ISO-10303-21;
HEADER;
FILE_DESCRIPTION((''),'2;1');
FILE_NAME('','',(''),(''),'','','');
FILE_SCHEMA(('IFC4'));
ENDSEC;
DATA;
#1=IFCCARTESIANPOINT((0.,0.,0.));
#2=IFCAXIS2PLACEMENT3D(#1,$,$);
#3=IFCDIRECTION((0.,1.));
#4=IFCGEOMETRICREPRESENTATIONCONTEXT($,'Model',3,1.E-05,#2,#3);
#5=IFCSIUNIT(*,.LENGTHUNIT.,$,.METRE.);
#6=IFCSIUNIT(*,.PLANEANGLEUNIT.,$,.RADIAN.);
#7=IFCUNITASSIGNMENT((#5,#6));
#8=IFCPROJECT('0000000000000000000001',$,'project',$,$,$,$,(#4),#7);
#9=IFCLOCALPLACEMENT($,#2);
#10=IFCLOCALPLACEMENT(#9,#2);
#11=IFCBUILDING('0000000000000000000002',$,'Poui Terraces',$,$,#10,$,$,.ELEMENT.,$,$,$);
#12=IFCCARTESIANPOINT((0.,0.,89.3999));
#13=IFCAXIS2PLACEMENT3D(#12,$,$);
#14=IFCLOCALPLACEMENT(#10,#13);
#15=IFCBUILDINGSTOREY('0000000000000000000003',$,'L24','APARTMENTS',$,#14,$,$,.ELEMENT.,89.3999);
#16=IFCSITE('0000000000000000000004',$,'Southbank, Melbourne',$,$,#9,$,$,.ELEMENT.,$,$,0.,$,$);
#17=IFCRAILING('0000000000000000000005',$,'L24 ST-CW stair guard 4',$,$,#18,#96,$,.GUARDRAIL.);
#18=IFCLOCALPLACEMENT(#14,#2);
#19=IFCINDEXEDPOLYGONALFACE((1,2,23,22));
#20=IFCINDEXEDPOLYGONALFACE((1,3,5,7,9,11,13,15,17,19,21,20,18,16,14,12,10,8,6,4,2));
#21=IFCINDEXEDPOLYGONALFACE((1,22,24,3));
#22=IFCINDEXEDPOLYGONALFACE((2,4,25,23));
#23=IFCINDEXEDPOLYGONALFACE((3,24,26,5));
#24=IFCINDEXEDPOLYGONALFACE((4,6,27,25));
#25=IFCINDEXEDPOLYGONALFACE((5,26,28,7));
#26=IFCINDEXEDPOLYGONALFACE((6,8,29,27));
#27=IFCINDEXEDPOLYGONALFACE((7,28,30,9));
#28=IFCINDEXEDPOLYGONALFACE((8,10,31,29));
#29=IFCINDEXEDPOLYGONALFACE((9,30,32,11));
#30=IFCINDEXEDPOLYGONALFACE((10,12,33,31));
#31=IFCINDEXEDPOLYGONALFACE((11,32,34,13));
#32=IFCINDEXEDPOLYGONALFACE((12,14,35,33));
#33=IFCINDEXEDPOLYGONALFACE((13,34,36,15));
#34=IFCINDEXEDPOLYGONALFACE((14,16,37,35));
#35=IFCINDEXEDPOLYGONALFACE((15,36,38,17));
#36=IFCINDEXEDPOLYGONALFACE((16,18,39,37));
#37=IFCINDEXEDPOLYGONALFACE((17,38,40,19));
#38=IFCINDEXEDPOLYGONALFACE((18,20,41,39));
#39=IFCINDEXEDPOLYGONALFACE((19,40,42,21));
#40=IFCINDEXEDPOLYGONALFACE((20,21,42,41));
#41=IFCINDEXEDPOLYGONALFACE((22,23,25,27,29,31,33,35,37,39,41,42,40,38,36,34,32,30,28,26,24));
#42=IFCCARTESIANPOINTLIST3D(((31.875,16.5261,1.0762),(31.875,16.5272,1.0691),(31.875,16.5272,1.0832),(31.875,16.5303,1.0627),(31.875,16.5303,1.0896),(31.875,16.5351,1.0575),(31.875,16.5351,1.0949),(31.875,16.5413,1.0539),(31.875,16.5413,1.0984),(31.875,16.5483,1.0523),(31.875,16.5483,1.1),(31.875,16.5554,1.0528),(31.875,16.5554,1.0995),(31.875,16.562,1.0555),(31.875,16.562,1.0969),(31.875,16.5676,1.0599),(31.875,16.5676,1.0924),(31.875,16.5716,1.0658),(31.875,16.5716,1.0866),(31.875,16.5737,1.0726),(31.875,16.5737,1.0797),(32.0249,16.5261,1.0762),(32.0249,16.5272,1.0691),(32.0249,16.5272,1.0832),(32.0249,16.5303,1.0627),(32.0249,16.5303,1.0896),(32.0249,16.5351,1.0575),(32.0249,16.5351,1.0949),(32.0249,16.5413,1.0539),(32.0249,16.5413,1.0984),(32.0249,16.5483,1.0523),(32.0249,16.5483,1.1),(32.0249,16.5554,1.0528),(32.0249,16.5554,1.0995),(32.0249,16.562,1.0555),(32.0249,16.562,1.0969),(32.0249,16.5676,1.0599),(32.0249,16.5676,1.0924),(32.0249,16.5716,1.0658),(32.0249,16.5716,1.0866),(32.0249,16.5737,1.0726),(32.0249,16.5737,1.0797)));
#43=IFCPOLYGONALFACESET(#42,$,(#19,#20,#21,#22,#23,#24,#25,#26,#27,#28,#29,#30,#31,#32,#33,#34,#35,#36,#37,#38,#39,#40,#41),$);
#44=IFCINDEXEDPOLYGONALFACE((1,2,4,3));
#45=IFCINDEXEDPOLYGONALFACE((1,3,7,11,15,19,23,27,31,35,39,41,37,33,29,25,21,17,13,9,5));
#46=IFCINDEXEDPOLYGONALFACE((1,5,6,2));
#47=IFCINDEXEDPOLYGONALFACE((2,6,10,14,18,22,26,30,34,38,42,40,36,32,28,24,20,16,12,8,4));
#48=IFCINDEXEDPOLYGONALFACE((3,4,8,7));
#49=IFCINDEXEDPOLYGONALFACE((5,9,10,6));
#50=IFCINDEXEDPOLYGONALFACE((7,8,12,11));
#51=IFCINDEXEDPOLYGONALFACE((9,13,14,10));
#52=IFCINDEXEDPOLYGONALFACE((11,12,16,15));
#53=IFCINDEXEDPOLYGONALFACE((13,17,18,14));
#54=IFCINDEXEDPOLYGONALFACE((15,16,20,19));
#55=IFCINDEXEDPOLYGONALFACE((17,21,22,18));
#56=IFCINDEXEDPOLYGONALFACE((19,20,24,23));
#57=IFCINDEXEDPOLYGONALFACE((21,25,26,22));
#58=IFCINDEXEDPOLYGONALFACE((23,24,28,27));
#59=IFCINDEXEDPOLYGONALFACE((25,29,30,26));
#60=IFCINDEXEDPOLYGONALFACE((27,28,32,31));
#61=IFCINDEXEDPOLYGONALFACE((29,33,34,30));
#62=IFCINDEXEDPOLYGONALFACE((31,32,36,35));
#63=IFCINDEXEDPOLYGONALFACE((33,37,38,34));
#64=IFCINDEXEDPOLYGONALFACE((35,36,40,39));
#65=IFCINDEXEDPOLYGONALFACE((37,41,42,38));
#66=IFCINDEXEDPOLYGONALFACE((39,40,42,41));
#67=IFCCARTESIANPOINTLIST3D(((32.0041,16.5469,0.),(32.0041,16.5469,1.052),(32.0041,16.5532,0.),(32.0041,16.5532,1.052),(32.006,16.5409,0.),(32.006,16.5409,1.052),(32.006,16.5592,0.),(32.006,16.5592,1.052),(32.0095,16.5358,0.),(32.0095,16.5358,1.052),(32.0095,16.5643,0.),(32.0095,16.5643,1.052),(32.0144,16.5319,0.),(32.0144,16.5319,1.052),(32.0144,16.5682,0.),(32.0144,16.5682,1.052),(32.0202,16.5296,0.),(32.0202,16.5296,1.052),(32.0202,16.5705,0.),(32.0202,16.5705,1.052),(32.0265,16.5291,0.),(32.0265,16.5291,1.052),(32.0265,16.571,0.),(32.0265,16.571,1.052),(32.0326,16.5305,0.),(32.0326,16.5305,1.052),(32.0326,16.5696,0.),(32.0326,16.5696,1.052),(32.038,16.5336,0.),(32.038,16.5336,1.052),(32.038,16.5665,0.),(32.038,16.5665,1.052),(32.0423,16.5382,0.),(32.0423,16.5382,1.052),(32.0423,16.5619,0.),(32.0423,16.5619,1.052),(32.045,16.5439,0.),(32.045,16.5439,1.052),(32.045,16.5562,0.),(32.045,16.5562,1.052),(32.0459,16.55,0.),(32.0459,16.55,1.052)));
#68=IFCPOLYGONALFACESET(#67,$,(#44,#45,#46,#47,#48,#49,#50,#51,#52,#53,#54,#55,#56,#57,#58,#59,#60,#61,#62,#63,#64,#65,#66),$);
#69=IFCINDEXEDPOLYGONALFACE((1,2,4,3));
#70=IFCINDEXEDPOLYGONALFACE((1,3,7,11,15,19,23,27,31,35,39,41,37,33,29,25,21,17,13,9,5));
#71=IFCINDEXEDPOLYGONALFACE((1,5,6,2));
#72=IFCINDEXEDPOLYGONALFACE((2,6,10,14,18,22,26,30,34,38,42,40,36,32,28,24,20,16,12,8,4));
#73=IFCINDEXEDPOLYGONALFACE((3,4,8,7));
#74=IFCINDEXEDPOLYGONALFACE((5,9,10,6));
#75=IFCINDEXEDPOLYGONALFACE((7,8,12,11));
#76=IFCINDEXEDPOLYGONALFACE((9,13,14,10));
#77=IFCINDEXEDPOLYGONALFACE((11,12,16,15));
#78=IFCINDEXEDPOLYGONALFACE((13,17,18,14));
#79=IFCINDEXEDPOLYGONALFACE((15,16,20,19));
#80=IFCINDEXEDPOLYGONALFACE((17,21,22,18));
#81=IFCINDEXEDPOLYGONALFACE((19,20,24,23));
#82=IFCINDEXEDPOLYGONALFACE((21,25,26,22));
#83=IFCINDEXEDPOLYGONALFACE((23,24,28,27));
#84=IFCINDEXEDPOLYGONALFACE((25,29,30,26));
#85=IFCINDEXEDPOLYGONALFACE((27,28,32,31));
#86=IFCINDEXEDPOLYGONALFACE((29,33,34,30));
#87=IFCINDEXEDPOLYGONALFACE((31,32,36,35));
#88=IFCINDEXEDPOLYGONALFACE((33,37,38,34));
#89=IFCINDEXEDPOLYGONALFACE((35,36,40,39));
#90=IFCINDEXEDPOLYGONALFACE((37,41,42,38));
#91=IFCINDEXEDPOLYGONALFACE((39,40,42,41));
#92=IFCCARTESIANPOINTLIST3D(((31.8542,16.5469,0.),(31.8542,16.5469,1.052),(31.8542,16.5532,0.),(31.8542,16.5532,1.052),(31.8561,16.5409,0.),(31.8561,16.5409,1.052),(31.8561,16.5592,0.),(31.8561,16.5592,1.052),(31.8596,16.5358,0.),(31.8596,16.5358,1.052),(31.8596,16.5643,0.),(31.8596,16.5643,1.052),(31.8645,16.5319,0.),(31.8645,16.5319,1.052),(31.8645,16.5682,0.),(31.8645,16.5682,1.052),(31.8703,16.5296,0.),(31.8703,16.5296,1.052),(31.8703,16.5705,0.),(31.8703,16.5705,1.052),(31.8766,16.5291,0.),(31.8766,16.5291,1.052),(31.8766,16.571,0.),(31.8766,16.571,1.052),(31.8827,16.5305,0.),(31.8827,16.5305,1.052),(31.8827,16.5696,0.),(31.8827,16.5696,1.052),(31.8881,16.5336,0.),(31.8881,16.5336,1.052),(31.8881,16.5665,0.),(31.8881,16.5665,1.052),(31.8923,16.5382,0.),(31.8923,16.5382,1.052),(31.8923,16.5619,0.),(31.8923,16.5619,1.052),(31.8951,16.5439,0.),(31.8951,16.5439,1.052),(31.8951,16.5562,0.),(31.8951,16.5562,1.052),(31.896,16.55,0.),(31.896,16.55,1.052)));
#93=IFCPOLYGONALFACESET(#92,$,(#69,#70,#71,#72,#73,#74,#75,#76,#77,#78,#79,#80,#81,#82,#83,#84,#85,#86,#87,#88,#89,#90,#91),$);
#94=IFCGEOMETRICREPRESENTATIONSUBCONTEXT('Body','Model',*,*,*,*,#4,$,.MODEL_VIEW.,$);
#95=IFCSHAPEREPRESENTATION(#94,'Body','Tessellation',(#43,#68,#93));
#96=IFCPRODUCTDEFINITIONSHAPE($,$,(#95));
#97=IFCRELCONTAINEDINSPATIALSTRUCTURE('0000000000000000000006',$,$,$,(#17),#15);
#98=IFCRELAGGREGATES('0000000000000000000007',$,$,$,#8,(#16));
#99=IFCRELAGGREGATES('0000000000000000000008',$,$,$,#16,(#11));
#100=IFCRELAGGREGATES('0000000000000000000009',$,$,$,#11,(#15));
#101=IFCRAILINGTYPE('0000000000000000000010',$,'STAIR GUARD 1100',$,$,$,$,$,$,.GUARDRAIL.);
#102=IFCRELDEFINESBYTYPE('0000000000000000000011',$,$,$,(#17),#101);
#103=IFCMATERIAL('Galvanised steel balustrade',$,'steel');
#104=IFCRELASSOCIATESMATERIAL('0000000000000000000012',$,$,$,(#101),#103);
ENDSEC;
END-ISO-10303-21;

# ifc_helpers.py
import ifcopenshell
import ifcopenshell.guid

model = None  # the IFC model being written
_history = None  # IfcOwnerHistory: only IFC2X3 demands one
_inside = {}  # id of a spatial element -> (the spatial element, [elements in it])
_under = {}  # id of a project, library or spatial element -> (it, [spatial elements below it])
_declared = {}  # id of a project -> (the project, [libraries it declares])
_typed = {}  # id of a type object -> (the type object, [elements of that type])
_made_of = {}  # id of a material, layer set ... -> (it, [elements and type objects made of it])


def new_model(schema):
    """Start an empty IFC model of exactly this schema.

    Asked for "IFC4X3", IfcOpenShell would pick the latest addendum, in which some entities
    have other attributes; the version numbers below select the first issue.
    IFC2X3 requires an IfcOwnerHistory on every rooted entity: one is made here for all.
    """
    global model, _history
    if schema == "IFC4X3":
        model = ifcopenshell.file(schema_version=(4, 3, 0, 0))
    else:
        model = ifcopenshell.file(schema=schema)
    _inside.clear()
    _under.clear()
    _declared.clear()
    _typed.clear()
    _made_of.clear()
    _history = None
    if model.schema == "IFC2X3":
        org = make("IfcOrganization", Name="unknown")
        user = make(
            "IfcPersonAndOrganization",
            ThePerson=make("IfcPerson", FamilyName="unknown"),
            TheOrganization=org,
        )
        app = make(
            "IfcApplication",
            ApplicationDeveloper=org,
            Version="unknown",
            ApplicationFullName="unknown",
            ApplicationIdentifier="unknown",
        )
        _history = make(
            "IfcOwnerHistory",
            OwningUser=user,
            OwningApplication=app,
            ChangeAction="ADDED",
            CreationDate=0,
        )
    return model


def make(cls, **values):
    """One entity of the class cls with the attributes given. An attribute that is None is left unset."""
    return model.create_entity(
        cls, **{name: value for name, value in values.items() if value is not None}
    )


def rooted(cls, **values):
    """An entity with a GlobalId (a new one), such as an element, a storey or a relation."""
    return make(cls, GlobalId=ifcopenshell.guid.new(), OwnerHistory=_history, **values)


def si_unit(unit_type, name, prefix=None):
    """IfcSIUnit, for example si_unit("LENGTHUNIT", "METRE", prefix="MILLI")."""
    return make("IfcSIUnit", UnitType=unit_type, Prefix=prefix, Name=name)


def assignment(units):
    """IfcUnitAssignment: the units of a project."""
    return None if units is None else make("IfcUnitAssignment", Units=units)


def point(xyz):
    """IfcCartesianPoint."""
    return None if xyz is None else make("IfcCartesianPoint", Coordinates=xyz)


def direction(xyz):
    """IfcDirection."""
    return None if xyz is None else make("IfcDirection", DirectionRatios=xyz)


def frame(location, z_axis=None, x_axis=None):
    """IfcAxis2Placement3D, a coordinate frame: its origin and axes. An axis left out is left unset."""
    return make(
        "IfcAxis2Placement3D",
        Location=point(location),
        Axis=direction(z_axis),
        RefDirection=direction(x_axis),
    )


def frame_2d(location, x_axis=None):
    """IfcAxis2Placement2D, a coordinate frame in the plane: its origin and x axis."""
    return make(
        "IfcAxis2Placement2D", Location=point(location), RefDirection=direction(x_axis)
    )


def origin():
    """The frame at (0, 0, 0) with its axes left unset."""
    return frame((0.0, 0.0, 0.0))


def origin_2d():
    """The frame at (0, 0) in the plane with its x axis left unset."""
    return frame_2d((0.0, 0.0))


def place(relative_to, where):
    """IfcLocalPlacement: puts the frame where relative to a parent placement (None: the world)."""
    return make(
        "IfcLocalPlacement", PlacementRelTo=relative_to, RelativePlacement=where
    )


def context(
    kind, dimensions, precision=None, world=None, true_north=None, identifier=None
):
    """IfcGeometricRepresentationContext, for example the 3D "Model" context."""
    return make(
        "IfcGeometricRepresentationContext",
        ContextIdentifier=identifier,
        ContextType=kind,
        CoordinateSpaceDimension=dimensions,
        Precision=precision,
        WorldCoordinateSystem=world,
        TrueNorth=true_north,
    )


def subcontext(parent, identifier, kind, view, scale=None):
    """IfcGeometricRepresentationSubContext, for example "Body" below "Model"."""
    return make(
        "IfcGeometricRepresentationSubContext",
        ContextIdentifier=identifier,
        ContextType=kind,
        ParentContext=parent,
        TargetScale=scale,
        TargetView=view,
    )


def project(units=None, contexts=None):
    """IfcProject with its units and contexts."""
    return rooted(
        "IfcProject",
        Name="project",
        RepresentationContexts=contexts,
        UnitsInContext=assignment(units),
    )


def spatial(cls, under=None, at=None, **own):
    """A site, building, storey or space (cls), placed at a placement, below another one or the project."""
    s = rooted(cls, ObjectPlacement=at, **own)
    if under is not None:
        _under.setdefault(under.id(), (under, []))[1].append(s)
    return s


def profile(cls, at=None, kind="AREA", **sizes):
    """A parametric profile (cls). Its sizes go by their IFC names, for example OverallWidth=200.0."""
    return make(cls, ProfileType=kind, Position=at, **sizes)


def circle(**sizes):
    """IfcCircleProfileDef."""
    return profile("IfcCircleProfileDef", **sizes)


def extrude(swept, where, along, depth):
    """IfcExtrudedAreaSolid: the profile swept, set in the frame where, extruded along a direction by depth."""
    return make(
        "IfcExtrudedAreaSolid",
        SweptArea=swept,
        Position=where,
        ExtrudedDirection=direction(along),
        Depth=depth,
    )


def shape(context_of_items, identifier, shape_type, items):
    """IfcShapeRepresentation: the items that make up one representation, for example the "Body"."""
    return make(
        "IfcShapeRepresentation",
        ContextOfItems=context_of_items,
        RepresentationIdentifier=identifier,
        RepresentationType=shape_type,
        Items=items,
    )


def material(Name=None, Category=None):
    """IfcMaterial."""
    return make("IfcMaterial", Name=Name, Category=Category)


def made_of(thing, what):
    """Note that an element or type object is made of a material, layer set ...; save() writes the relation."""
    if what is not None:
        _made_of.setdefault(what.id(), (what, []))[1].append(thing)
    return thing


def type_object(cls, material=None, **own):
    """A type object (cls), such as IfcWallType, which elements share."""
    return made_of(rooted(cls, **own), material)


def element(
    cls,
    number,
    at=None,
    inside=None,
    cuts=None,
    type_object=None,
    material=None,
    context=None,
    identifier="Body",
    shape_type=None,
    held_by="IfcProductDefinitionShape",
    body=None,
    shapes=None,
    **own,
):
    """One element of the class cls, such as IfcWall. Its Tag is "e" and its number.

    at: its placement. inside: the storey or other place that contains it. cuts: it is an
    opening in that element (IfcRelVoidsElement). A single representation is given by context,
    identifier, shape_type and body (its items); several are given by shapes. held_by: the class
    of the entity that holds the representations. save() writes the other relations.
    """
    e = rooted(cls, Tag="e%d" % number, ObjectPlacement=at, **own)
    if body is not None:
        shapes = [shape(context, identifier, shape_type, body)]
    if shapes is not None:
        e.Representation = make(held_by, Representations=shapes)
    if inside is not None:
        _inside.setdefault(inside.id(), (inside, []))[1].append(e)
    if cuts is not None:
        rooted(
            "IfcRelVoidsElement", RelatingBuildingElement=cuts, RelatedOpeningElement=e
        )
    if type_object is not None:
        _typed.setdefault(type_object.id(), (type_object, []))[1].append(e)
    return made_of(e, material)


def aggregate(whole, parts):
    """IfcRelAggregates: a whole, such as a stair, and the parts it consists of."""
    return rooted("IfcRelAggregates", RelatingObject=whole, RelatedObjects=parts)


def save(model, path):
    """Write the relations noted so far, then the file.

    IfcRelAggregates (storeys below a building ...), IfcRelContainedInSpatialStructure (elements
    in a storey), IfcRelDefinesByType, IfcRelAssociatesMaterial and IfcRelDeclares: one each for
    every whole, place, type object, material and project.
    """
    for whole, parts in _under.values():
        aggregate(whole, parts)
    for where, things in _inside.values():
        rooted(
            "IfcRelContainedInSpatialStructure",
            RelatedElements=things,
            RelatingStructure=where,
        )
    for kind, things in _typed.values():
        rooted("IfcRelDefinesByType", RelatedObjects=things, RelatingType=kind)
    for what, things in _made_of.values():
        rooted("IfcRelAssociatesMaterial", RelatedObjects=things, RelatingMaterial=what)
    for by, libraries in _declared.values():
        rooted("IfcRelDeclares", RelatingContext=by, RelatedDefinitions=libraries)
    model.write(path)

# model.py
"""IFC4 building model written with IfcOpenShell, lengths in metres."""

from ifc_helpers import new_model, si_unit, direction, frame, origin, origin_2d, place, context, subcontext, project, spatial, circle, extrude, material, type_object, element, save


model = new_model("IFC4")

# Units and contexts
model_context = context("Model", 3, precision=1e-05, world=origin(), true_north=direction((0.0, 1.0)))
body_context = subcontext(model_context, "Body", "Model", "MODEL_VIEW")
ifc_project = project(units=[si_unit("LENGTHUNIT", "METRE"), si_unit("PLANEANGLEUNIT", "RADIAN")], contexts=[model_context])

# Site, building, storey
site_placement = place(None, origin())
site = spatial("IfcSite", under=ifc_project, at=site_placement, Name="Southbank, Melbourne", CompositionType="ELEMENT", RefElevation=0.0)
building_placement = place(site_placement, origin())
building = spatial("IfcBuilding", under=site, at=building_placement, Name="Poui Terraces", CompositionType="ELEMENT")
storey_placement = place(building_placement, frame((0.0, 0.0, 89.3999)))
storey = spatial("IfcBuildingStorey", under=building, at=storey_placement, Name="L24", Description="APARTMENTS", CompositionType="ELEMENT", Elevation=89.3999)

# Railing
ifc_material_1 = material(Name="Galvanised steel balustrade", Category="steel")
railing_type_1 = type_object("IfcRailingType", Name="STAIR GUARD 1100", PredefinedType="GUARDRAIL", material=ifc_material_1)
railing_1_placement = place(storey_placement, frame((32.0249, 16.55, 0.0)))
element("IfcRailing", 1, at=railing_1_placement, inside=storey, type_object=railing_type_1, Name="L24 ST-CW stair guard 4", PredefinedType="GUARDRAIL", context=body_context, shape_type="SweptSolid", body=[
    extrude(circle(Radius=0.0239, at=origin_2d()), frame((0.0, 0.0, 1.0762), z_axis=(-1.0, 0.0, 0.0), x_axis=(0.0, -1.0, 0.0)), (0.0, 0.0, 1.0), 0.1499),
    extrude(circle(Radius=0.021, at=origin_2d()), origin(), (0.0, 0.0, 1.0), 1.052),
    extrude(circle(Radius=0.021, at=origin_2d()), frame((-0.1499, 0.0, 0.0)), (0.0, 0.0, 1.0), 1.052),
])

save(model, "model.ifc")
